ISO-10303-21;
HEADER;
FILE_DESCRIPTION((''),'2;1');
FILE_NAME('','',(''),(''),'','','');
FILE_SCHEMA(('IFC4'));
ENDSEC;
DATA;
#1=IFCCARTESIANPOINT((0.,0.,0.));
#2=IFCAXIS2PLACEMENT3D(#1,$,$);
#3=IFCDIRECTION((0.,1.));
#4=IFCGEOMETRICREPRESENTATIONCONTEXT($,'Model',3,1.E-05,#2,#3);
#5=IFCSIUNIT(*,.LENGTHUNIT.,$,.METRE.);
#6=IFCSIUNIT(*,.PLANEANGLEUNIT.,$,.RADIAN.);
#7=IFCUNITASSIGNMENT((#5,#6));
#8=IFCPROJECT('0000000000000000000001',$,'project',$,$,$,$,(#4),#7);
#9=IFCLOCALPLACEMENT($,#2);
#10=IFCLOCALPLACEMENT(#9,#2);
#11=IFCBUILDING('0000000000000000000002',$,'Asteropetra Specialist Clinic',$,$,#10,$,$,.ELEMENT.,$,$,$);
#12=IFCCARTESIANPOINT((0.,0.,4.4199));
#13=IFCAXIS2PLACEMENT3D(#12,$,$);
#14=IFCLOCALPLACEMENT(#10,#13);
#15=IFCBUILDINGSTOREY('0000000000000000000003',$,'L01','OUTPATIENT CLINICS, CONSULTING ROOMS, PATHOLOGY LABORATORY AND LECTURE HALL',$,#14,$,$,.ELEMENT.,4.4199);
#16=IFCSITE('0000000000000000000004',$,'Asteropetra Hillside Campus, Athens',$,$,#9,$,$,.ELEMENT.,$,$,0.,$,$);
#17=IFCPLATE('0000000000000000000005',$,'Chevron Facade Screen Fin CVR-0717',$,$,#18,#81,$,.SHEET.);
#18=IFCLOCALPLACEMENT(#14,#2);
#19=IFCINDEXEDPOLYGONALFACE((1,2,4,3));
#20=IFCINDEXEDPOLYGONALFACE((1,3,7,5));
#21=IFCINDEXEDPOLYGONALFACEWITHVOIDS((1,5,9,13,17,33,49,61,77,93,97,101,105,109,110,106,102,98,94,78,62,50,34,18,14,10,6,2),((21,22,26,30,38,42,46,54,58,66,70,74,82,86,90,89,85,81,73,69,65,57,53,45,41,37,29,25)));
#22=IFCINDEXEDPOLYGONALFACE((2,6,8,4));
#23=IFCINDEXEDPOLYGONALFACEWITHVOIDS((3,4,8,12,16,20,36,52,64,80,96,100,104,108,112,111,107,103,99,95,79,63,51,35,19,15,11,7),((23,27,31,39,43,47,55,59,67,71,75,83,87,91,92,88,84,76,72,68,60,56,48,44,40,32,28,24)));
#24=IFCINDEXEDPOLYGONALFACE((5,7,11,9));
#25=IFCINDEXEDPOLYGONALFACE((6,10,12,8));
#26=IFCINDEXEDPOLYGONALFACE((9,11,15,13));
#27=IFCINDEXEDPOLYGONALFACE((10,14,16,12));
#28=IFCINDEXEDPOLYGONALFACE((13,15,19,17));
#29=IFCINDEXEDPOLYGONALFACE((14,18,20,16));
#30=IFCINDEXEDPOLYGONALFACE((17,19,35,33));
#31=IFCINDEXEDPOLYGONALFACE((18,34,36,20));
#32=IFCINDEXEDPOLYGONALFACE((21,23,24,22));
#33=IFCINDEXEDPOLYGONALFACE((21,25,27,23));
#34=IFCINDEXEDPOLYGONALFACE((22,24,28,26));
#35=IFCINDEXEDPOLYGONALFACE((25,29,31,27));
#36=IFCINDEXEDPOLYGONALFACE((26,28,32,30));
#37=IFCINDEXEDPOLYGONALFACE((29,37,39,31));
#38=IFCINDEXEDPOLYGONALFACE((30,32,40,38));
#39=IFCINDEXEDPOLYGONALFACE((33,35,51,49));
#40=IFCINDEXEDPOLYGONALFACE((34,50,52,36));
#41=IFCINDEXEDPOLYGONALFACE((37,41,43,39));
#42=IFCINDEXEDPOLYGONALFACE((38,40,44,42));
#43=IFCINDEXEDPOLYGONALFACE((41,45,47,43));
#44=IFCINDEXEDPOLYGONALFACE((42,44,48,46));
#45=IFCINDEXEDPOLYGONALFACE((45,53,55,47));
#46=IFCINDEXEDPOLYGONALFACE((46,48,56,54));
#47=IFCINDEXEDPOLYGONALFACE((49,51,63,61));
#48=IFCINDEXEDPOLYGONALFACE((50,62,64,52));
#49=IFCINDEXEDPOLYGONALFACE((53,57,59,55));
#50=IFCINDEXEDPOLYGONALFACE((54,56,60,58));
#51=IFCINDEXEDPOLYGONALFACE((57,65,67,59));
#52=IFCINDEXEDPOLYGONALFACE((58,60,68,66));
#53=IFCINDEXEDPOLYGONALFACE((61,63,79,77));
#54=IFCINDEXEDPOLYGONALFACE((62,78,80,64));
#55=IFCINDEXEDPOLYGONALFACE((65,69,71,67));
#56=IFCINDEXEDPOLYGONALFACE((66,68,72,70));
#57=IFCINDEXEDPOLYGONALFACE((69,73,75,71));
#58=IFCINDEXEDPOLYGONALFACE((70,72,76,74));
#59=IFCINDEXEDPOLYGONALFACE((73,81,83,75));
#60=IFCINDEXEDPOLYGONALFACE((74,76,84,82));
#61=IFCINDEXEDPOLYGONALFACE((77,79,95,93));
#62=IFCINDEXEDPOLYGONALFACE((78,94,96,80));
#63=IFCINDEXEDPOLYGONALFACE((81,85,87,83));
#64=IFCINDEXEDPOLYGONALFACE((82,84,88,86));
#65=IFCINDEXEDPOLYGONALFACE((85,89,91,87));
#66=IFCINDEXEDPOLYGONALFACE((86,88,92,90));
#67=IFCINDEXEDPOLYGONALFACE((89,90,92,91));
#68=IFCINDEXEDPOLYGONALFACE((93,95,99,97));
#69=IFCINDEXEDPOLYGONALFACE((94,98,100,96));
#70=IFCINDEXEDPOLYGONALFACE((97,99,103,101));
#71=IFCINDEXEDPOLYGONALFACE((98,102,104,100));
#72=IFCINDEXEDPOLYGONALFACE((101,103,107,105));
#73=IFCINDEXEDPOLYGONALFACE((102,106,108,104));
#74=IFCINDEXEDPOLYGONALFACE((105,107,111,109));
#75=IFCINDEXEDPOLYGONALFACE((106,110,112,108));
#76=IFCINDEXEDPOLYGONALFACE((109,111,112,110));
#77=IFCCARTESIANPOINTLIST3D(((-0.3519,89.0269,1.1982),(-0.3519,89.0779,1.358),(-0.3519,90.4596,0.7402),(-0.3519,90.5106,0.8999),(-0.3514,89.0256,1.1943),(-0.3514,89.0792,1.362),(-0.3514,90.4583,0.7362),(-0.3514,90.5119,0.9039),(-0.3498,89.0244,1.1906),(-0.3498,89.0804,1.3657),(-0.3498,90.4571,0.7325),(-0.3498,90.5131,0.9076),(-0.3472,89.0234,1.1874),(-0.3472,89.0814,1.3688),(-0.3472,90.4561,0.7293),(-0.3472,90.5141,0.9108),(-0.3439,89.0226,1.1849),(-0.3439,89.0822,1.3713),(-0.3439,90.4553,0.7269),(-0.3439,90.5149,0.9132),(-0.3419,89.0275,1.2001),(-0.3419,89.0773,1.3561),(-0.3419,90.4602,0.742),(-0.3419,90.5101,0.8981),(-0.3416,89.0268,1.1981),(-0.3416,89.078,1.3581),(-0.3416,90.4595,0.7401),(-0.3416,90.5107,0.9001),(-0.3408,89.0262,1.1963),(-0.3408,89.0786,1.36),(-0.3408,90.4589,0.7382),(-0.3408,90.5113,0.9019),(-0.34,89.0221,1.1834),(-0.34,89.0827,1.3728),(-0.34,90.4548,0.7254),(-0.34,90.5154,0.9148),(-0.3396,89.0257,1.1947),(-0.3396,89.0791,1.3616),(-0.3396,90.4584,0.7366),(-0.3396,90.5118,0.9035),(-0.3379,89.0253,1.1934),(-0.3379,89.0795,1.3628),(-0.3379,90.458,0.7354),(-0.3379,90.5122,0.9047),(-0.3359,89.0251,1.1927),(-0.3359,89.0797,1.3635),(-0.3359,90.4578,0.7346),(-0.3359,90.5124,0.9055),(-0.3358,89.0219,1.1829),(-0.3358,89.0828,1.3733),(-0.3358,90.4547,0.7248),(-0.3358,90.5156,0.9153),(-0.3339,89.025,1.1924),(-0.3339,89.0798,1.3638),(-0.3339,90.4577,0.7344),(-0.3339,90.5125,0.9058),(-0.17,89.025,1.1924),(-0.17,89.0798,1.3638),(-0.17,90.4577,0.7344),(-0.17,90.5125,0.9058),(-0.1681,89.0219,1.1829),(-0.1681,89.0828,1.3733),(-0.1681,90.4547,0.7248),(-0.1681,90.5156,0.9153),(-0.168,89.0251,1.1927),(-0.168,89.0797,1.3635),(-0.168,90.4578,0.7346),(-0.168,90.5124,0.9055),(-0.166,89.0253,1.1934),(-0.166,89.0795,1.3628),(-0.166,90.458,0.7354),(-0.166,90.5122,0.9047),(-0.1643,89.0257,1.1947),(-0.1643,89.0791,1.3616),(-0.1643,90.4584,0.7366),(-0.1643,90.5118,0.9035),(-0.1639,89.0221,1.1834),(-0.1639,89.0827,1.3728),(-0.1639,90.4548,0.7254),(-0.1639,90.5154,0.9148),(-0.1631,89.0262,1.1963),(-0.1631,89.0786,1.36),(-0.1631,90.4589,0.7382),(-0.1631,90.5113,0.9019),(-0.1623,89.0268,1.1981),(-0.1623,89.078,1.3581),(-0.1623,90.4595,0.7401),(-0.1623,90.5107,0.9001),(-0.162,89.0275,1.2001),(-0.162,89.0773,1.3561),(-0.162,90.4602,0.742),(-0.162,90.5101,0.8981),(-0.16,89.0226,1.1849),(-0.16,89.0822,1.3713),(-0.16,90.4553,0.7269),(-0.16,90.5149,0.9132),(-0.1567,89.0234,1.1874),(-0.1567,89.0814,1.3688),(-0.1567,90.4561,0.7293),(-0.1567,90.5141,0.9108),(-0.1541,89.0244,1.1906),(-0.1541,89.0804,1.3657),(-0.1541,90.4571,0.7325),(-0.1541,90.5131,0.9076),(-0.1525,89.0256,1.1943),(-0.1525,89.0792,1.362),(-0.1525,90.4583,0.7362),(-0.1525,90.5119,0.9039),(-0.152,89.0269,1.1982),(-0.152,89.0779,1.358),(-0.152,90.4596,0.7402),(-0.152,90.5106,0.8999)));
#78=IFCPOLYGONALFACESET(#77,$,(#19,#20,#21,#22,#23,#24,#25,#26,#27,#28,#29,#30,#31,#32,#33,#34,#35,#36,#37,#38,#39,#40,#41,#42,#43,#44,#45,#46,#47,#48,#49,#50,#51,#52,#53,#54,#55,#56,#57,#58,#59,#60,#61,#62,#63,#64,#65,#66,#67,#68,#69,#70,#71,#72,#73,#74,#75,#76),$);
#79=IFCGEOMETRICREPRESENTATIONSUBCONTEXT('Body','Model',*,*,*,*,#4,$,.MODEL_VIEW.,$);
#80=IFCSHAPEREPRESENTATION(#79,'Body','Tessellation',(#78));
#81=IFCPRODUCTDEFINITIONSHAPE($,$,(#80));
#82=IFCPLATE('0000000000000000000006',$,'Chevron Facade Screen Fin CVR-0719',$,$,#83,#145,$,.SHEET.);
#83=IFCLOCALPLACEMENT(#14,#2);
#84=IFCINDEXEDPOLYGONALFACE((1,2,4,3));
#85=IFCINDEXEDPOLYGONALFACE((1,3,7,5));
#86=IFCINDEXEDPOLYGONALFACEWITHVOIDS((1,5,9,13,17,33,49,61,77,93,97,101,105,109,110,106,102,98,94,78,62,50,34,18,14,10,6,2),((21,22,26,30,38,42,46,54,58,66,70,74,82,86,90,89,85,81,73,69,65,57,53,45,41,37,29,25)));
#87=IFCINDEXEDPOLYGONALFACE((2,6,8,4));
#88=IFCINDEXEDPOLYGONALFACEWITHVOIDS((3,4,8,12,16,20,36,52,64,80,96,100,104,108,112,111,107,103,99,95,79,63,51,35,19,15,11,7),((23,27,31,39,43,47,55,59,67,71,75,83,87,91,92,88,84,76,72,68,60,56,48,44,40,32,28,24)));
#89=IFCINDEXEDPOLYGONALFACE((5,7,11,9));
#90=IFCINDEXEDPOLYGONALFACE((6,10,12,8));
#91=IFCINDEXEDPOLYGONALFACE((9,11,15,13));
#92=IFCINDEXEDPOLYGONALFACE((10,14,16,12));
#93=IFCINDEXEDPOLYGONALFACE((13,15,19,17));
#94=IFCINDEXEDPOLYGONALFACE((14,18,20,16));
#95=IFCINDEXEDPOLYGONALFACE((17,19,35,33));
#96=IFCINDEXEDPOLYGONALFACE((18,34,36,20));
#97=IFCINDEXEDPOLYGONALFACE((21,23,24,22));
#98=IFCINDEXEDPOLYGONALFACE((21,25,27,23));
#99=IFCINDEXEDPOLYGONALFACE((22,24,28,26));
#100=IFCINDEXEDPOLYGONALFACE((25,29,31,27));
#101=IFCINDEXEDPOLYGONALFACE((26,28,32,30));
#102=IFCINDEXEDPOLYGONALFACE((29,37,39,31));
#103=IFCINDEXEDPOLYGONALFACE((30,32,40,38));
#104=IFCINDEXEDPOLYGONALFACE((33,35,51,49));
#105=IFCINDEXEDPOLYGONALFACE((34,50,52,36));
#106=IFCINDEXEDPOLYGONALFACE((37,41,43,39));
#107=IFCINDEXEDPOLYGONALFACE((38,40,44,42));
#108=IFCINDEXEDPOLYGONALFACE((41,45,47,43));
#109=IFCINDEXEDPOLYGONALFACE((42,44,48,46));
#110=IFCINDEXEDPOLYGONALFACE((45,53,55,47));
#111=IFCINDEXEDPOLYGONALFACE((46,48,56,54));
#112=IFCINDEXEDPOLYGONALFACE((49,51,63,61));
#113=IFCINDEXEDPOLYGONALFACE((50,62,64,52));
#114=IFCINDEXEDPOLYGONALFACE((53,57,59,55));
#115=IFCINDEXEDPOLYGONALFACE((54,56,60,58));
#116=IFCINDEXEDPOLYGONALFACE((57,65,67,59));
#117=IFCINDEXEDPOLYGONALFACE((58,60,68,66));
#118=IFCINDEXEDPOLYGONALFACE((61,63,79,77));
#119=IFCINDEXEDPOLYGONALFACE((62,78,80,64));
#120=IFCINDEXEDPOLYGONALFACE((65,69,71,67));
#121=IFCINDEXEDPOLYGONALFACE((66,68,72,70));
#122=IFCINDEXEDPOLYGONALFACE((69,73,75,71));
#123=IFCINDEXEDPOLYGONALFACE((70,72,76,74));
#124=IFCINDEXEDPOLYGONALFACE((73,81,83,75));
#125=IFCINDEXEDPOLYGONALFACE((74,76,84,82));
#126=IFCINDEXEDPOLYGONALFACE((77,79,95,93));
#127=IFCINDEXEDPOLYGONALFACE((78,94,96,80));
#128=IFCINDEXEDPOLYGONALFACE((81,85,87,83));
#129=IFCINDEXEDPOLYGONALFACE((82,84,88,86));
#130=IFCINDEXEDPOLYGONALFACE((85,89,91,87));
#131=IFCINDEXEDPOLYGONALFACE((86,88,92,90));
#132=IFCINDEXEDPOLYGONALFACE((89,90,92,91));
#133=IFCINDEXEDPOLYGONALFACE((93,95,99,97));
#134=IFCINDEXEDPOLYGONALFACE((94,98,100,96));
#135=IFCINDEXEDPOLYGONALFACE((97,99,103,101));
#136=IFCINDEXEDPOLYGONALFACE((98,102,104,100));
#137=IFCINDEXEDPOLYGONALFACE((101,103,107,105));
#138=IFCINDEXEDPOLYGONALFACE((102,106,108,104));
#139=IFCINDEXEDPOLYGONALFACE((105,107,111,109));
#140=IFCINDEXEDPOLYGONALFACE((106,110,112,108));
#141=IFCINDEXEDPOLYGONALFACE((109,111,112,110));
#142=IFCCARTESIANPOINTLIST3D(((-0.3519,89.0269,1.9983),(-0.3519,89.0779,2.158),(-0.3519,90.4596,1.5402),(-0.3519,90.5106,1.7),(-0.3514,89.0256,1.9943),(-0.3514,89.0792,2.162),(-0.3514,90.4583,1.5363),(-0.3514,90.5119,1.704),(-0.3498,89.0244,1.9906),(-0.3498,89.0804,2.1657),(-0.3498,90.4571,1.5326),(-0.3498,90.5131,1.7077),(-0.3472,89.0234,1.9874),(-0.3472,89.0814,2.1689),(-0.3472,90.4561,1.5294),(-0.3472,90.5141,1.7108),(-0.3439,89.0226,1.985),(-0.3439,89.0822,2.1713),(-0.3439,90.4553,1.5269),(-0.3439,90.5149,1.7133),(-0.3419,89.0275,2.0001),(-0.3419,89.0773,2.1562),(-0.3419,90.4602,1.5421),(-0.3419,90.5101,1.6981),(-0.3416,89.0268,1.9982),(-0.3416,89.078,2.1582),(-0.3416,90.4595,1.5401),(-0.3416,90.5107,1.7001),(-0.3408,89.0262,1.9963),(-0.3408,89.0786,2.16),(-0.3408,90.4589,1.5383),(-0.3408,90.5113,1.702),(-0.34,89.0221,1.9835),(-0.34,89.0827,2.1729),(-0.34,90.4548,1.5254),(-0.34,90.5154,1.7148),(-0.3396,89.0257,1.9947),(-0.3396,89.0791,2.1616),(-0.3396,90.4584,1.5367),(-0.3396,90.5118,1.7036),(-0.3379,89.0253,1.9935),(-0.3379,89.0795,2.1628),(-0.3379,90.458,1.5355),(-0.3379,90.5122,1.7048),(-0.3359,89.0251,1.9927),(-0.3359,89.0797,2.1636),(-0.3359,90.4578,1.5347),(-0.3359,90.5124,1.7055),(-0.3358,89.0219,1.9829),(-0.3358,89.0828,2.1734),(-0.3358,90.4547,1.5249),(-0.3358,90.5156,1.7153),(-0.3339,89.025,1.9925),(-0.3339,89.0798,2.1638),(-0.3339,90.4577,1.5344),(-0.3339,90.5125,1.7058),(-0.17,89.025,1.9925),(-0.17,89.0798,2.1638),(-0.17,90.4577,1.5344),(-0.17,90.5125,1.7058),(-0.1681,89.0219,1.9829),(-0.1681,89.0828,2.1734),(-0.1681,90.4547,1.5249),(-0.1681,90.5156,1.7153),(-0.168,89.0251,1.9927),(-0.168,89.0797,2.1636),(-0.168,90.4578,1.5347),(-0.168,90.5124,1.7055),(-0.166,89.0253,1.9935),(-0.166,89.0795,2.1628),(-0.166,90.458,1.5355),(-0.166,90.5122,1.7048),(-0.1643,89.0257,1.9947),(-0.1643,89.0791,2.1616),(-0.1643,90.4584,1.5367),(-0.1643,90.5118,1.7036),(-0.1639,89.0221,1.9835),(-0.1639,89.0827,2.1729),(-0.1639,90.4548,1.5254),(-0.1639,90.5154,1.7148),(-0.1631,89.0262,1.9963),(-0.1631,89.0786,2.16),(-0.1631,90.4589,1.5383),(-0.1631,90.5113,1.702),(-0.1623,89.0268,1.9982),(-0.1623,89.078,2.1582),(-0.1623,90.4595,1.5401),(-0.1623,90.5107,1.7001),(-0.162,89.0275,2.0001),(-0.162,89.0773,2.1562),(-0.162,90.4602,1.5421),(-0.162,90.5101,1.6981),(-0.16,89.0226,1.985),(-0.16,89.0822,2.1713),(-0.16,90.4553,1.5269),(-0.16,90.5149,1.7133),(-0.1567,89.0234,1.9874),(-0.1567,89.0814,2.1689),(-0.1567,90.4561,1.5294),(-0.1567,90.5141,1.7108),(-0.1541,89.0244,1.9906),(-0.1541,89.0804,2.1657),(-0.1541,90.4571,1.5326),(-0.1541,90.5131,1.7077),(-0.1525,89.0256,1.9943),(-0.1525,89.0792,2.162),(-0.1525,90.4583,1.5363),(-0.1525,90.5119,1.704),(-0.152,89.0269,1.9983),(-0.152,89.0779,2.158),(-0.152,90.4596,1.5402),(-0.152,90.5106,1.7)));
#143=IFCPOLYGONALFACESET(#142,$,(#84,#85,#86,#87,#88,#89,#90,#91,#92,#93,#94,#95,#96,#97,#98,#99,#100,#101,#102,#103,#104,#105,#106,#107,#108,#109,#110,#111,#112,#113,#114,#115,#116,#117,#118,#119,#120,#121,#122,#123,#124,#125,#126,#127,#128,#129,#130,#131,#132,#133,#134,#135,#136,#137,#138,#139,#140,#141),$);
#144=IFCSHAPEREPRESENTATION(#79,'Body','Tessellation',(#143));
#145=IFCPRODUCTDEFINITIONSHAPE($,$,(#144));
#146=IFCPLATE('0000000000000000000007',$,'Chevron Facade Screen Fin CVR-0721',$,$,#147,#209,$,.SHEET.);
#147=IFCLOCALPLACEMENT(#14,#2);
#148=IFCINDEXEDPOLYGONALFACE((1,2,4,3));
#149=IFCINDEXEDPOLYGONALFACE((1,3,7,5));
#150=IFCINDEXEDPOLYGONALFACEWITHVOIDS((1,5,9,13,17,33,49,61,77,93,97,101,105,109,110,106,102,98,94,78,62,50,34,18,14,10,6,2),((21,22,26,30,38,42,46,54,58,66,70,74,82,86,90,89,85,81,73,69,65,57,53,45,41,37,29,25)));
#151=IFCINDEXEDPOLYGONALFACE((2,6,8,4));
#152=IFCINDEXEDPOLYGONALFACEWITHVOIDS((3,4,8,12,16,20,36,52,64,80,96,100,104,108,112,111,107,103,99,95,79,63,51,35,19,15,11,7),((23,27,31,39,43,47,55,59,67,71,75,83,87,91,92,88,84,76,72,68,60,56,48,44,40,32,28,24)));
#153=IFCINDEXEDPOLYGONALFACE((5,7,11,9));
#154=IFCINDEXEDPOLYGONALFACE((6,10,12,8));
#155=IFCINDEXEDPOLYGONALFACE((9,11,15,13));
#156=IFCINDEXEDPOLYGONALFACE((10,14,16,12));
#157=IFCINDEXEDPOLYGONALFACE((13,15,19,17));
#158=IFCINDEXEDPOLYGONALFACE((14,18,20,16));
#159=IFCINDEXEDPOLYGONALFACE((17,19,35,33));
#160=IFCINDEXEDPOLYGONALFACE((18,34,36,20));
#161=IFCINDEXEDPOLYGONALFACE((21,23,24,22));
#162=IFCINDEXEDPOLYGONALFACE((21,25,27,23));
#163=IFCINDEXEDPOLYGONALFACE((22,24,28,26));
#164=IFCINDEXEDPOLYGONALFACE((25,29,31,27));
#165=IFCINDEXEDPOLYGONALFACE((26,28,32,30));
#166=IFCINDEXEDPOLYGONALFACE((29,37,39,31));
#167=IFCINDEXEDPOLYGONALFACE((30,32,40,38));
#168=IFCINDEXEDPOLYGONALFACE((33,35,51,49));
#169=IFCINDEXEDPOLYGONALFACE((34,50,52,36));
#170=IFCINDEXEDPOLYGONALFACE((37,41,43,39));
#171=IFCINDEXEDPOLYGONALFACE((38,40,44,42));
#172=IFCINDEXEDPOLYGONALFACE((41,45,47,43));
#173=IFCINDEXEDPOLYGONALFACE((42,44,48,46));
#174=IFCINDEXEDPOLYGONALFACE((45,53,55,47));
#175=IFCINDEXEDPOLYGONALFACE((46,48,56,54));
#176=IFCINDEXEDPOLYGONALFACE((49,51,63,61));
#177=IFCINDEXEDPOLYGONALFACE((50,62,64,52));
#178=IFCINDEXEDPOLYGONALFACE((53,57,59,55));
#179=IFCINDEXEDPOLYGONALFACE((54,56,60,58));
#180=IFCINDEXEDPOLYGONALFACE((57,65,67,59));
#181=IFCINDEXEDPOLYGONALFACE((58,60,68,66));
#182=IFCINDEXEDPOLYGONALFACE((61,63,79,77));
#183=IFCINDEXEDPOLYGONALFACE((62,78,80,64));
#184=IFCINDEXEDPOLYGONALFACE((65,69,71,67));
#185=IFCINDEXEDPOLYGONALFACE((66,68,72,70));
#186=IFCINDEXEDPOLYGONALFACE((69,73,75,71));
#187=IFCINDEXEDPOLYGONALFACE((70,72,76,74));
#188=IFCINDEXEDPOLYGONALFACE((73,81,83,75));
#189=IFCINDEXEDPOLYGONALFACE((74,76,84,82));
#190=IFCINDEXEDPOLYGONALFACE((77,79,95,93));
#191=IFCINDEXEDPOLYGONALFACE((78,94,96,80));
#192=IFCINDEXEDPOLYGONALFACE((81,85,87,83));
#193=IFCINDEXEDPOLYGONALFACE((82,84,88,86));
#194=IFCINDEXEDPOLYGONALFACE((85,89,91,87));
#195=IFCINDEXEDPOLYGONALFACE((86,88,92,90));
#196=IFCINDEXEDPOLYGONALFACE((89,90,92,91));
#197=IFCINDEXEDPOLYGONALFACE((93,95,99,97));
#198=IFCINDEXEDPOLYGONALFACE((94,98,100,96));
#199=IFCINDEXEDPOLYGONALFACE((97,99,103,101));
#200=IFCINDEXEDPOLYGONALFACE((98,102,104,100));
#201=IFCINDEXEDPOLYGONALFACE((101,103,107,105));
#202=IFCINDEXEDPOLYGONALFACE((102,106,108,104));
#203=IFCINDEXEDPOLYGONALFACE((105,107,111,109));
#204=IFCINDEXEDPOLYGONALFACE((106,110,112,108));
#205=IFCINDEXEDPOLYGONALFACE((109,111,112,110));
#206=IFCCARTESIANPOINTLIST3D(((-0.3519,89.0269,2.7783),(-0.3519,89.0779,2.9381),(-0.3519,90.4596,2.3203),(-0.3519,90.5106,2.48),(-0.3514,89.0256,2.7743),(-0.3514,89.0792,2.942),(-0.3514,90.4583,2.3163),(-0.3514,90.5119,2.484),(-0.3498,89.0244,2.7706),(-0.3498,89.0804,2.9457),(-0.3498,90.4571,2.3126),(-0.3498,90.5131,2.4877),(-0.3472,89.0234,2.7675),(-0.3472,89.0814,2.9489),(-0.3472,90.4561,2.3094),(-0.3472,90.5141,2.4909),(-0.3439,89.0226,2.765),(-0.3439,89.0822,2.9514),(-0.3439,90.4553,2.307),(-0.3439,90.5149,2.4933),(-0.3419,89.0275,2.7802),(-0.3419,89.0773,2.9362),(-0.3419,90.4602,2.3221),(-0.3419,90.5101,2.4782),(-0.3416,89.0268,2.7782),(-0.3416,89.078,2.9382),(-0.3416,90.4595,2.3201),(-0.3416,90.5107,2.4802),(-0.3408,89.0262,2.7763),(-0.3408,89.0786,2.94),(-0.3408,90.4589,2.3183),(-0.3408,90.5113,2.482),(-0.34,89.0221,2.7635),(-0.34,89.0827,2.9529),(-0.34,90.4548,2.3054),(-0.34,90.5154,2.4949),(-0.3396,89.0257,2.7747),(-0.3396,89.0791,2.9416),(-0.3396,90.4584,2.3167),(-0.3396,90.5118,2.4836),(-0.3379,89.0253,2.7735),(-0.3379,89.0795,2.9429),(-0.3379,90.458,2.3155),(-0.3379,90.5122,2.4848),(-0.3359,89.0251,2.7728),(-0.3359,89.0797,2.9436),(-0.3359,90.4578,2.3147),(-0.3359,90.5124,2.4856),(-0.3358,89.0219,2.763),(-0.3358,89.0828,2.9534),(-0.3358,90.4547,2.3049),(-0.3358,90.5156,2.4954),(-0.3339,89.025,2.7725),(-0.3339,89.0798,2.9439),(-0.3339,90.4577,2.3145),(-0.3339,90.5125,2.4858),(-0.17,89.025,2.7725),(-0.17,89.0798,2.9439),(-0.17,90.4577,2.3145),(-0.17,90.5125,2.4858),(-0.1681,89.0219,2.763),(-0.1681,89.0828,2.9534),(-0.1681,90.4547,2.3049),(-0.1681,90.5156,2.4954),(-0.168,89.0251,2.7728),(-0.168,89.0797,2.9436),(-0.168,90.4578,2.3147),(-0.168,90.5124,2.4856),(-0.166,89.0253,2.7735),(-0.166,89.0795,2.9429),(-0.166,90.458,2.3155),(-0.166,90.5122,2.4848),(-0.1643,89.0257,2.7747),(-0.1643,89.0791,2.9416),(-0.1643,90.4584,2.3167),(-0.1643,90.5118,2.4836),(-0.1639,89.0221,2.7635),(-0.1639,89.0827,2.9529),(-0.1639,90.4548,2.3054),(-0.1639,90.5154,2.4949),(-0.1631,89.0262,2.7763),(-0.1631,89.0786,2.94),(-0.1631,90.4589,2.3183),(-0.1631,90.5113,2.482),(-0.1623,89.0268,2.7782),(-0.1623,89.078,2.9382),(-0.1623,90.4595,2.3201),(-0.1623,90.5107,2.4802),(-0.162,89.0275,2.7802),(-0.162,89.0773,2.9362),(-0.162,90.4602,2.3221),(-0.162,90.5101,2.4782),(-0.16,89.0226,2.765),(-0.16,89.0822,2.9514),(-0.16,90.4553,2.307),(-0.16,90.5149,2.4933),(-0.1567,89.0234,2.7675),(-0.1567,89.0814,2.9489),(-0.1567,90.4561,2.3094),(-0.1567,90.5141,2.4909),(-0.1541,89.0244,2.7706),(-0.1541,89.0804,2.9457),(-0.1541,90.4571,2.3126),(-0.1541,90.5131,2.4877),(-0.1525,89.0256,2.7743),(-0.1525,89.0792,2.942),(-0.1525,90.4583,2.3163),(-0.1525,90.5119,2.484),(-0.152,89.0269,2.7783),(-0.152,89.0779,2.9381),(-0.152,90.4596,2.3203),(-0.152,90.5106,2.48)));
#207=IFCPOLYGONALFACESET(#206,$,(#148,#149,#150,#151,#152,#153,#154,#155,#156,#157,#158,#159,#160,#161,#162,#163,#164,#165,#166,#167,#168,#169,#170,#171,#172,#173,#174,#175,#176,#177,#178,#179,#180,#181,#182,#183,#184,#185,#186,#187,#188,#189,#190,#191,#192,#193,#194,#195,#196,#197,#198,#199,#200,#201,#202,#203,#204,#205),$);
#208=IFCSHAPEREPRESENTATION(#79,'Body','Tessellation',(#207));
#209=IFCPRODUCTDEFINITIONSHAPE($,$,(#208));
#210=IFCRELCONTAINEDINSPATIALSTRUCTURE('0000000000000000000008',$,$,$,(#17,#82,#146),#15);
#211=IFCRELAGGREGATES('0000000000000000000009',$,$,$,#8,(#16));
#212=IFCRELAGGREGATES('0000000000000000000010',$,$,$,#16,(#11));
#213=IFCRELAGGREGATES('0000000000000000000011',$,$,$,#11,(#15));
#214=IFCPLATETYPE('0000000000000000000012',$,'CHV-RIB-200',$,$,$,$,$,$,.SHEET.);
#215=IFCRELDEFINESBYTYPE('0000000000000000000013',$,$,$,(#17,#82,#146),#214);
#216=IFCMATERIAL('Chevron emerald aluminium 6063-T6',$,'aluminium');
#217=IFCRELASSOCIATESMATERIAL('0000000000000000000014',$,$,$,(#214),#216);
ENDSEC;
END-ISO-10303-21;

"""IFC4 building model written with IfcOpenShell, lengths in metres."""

from ifc_helpers import new_model, si_unit, direction, frame, origin, origin_2d, place, context, subcontext, project, spatial, hollow_rectangle, extrude, material, material_profile, profile_set, type_object, element, save


model = new_model("IFC4")

# Units and contexts
model_context = context("Model", 3, precision=1e-05, world=origin(), true_north=direction((0.0, 1.0)))
body_context = subcontext(model_context, "Body", "Model", "MODEL_VIEW")
ifc_project = project(units=[si_unit("LENGTHUNIT", "METRE"), si_unit("PLANEANGLEUNIT", "RADIAN")], contexts=[model_context])

# Site, building, storey
site_placement = place(None, origin())
site = spatial("IfcSite", under=ifc_project, at=site_placement, Name="Asteropetra Hillside Campus, Athens", CompositionType="ELEMENT", RefElevation=0.0)
building_placement = place(site_placement, origin())
building = spatial("IfcBuilding", under=site, at=building_placement, Name="Asteropetra Specialist Clinic", CompositionType="ELEMENT")
storey_placement = place(building_placement, frame((0.0, 0.0, 4.4199)))
storey = spatial("IfcBuildingStorey", under=building, at=storey_placement, Name="L01", Description="OUTPATIENT CLINICS, CONSULTING ROOMS, PATHOLOGY LABORATORY AND LECTURE HALL", CompositionType="ELEMENT", Elevation=4.4199)

# Plates
ifc_material_1 = material(Name="Chevron emerald aluminium 6063-T6", Category="aluminium")
ifc_material_profile_1 = material_profile(ifc_material_1, hollow_rectangle(XDim=0.2, YDim=0.2, WallThickness=0.01, InnerFilletRadius=0.0081, OuterFilletRadius=0.0161, at=origin_2d()), Name="SHS 200x200x10.0")
ifc_profile_set_1 = profile_set([ifc_material_profile_1], Name="Chevron emerald aluminium 6063-T6")
plate_type_1 = type_object("IfcPlateType", Name="CHV-RIB-200", PredefinedType="SHEET", material=ifc_profile_set_1)
for number, where, z_axis, x_axis, name in (
    (1, (-0.252, 90.4851, 0.8201), (0.0, -0.952507, 0.304517), (1.0, 0.0, 0.0), "Chevron Facade Screen Fin CVR-0717"),
    (2, (-0.252, 90.4851, 1.6201), (0.0, -0.952507, 0.304517), (1.0, 0.0, 0.0), "Chevron Facade Screen Fin CVR-0719"),
    (3, (-0.252, 90.4851, 2.4001), (0.0, -0.952507, 0.304517), (1.0, 0.0, 0.0), "Chevron Facade Screen Fin CVR-0721"),
):
    element("IfcPlate", number, at=place(storey_placement, frame(where, z_axis=z_axis, x_axis=x_axis)), inside=storey, type_object=plate_type_1, Name=name, PredefinedType="SHEET", context=body_context, shape_type="SweptSolid", body=[
        extrude(hollow_rectangle(XDim=0.2, YDim=0.2, WallThickness=0.01, InnerFilletRadius=0.0081, OuterFilletRadius=0.0161, at=origin_2d()), origin(), (0.0, 0.0, 1.0), 1.5042),
    ])

save(model, "model.ifc")
